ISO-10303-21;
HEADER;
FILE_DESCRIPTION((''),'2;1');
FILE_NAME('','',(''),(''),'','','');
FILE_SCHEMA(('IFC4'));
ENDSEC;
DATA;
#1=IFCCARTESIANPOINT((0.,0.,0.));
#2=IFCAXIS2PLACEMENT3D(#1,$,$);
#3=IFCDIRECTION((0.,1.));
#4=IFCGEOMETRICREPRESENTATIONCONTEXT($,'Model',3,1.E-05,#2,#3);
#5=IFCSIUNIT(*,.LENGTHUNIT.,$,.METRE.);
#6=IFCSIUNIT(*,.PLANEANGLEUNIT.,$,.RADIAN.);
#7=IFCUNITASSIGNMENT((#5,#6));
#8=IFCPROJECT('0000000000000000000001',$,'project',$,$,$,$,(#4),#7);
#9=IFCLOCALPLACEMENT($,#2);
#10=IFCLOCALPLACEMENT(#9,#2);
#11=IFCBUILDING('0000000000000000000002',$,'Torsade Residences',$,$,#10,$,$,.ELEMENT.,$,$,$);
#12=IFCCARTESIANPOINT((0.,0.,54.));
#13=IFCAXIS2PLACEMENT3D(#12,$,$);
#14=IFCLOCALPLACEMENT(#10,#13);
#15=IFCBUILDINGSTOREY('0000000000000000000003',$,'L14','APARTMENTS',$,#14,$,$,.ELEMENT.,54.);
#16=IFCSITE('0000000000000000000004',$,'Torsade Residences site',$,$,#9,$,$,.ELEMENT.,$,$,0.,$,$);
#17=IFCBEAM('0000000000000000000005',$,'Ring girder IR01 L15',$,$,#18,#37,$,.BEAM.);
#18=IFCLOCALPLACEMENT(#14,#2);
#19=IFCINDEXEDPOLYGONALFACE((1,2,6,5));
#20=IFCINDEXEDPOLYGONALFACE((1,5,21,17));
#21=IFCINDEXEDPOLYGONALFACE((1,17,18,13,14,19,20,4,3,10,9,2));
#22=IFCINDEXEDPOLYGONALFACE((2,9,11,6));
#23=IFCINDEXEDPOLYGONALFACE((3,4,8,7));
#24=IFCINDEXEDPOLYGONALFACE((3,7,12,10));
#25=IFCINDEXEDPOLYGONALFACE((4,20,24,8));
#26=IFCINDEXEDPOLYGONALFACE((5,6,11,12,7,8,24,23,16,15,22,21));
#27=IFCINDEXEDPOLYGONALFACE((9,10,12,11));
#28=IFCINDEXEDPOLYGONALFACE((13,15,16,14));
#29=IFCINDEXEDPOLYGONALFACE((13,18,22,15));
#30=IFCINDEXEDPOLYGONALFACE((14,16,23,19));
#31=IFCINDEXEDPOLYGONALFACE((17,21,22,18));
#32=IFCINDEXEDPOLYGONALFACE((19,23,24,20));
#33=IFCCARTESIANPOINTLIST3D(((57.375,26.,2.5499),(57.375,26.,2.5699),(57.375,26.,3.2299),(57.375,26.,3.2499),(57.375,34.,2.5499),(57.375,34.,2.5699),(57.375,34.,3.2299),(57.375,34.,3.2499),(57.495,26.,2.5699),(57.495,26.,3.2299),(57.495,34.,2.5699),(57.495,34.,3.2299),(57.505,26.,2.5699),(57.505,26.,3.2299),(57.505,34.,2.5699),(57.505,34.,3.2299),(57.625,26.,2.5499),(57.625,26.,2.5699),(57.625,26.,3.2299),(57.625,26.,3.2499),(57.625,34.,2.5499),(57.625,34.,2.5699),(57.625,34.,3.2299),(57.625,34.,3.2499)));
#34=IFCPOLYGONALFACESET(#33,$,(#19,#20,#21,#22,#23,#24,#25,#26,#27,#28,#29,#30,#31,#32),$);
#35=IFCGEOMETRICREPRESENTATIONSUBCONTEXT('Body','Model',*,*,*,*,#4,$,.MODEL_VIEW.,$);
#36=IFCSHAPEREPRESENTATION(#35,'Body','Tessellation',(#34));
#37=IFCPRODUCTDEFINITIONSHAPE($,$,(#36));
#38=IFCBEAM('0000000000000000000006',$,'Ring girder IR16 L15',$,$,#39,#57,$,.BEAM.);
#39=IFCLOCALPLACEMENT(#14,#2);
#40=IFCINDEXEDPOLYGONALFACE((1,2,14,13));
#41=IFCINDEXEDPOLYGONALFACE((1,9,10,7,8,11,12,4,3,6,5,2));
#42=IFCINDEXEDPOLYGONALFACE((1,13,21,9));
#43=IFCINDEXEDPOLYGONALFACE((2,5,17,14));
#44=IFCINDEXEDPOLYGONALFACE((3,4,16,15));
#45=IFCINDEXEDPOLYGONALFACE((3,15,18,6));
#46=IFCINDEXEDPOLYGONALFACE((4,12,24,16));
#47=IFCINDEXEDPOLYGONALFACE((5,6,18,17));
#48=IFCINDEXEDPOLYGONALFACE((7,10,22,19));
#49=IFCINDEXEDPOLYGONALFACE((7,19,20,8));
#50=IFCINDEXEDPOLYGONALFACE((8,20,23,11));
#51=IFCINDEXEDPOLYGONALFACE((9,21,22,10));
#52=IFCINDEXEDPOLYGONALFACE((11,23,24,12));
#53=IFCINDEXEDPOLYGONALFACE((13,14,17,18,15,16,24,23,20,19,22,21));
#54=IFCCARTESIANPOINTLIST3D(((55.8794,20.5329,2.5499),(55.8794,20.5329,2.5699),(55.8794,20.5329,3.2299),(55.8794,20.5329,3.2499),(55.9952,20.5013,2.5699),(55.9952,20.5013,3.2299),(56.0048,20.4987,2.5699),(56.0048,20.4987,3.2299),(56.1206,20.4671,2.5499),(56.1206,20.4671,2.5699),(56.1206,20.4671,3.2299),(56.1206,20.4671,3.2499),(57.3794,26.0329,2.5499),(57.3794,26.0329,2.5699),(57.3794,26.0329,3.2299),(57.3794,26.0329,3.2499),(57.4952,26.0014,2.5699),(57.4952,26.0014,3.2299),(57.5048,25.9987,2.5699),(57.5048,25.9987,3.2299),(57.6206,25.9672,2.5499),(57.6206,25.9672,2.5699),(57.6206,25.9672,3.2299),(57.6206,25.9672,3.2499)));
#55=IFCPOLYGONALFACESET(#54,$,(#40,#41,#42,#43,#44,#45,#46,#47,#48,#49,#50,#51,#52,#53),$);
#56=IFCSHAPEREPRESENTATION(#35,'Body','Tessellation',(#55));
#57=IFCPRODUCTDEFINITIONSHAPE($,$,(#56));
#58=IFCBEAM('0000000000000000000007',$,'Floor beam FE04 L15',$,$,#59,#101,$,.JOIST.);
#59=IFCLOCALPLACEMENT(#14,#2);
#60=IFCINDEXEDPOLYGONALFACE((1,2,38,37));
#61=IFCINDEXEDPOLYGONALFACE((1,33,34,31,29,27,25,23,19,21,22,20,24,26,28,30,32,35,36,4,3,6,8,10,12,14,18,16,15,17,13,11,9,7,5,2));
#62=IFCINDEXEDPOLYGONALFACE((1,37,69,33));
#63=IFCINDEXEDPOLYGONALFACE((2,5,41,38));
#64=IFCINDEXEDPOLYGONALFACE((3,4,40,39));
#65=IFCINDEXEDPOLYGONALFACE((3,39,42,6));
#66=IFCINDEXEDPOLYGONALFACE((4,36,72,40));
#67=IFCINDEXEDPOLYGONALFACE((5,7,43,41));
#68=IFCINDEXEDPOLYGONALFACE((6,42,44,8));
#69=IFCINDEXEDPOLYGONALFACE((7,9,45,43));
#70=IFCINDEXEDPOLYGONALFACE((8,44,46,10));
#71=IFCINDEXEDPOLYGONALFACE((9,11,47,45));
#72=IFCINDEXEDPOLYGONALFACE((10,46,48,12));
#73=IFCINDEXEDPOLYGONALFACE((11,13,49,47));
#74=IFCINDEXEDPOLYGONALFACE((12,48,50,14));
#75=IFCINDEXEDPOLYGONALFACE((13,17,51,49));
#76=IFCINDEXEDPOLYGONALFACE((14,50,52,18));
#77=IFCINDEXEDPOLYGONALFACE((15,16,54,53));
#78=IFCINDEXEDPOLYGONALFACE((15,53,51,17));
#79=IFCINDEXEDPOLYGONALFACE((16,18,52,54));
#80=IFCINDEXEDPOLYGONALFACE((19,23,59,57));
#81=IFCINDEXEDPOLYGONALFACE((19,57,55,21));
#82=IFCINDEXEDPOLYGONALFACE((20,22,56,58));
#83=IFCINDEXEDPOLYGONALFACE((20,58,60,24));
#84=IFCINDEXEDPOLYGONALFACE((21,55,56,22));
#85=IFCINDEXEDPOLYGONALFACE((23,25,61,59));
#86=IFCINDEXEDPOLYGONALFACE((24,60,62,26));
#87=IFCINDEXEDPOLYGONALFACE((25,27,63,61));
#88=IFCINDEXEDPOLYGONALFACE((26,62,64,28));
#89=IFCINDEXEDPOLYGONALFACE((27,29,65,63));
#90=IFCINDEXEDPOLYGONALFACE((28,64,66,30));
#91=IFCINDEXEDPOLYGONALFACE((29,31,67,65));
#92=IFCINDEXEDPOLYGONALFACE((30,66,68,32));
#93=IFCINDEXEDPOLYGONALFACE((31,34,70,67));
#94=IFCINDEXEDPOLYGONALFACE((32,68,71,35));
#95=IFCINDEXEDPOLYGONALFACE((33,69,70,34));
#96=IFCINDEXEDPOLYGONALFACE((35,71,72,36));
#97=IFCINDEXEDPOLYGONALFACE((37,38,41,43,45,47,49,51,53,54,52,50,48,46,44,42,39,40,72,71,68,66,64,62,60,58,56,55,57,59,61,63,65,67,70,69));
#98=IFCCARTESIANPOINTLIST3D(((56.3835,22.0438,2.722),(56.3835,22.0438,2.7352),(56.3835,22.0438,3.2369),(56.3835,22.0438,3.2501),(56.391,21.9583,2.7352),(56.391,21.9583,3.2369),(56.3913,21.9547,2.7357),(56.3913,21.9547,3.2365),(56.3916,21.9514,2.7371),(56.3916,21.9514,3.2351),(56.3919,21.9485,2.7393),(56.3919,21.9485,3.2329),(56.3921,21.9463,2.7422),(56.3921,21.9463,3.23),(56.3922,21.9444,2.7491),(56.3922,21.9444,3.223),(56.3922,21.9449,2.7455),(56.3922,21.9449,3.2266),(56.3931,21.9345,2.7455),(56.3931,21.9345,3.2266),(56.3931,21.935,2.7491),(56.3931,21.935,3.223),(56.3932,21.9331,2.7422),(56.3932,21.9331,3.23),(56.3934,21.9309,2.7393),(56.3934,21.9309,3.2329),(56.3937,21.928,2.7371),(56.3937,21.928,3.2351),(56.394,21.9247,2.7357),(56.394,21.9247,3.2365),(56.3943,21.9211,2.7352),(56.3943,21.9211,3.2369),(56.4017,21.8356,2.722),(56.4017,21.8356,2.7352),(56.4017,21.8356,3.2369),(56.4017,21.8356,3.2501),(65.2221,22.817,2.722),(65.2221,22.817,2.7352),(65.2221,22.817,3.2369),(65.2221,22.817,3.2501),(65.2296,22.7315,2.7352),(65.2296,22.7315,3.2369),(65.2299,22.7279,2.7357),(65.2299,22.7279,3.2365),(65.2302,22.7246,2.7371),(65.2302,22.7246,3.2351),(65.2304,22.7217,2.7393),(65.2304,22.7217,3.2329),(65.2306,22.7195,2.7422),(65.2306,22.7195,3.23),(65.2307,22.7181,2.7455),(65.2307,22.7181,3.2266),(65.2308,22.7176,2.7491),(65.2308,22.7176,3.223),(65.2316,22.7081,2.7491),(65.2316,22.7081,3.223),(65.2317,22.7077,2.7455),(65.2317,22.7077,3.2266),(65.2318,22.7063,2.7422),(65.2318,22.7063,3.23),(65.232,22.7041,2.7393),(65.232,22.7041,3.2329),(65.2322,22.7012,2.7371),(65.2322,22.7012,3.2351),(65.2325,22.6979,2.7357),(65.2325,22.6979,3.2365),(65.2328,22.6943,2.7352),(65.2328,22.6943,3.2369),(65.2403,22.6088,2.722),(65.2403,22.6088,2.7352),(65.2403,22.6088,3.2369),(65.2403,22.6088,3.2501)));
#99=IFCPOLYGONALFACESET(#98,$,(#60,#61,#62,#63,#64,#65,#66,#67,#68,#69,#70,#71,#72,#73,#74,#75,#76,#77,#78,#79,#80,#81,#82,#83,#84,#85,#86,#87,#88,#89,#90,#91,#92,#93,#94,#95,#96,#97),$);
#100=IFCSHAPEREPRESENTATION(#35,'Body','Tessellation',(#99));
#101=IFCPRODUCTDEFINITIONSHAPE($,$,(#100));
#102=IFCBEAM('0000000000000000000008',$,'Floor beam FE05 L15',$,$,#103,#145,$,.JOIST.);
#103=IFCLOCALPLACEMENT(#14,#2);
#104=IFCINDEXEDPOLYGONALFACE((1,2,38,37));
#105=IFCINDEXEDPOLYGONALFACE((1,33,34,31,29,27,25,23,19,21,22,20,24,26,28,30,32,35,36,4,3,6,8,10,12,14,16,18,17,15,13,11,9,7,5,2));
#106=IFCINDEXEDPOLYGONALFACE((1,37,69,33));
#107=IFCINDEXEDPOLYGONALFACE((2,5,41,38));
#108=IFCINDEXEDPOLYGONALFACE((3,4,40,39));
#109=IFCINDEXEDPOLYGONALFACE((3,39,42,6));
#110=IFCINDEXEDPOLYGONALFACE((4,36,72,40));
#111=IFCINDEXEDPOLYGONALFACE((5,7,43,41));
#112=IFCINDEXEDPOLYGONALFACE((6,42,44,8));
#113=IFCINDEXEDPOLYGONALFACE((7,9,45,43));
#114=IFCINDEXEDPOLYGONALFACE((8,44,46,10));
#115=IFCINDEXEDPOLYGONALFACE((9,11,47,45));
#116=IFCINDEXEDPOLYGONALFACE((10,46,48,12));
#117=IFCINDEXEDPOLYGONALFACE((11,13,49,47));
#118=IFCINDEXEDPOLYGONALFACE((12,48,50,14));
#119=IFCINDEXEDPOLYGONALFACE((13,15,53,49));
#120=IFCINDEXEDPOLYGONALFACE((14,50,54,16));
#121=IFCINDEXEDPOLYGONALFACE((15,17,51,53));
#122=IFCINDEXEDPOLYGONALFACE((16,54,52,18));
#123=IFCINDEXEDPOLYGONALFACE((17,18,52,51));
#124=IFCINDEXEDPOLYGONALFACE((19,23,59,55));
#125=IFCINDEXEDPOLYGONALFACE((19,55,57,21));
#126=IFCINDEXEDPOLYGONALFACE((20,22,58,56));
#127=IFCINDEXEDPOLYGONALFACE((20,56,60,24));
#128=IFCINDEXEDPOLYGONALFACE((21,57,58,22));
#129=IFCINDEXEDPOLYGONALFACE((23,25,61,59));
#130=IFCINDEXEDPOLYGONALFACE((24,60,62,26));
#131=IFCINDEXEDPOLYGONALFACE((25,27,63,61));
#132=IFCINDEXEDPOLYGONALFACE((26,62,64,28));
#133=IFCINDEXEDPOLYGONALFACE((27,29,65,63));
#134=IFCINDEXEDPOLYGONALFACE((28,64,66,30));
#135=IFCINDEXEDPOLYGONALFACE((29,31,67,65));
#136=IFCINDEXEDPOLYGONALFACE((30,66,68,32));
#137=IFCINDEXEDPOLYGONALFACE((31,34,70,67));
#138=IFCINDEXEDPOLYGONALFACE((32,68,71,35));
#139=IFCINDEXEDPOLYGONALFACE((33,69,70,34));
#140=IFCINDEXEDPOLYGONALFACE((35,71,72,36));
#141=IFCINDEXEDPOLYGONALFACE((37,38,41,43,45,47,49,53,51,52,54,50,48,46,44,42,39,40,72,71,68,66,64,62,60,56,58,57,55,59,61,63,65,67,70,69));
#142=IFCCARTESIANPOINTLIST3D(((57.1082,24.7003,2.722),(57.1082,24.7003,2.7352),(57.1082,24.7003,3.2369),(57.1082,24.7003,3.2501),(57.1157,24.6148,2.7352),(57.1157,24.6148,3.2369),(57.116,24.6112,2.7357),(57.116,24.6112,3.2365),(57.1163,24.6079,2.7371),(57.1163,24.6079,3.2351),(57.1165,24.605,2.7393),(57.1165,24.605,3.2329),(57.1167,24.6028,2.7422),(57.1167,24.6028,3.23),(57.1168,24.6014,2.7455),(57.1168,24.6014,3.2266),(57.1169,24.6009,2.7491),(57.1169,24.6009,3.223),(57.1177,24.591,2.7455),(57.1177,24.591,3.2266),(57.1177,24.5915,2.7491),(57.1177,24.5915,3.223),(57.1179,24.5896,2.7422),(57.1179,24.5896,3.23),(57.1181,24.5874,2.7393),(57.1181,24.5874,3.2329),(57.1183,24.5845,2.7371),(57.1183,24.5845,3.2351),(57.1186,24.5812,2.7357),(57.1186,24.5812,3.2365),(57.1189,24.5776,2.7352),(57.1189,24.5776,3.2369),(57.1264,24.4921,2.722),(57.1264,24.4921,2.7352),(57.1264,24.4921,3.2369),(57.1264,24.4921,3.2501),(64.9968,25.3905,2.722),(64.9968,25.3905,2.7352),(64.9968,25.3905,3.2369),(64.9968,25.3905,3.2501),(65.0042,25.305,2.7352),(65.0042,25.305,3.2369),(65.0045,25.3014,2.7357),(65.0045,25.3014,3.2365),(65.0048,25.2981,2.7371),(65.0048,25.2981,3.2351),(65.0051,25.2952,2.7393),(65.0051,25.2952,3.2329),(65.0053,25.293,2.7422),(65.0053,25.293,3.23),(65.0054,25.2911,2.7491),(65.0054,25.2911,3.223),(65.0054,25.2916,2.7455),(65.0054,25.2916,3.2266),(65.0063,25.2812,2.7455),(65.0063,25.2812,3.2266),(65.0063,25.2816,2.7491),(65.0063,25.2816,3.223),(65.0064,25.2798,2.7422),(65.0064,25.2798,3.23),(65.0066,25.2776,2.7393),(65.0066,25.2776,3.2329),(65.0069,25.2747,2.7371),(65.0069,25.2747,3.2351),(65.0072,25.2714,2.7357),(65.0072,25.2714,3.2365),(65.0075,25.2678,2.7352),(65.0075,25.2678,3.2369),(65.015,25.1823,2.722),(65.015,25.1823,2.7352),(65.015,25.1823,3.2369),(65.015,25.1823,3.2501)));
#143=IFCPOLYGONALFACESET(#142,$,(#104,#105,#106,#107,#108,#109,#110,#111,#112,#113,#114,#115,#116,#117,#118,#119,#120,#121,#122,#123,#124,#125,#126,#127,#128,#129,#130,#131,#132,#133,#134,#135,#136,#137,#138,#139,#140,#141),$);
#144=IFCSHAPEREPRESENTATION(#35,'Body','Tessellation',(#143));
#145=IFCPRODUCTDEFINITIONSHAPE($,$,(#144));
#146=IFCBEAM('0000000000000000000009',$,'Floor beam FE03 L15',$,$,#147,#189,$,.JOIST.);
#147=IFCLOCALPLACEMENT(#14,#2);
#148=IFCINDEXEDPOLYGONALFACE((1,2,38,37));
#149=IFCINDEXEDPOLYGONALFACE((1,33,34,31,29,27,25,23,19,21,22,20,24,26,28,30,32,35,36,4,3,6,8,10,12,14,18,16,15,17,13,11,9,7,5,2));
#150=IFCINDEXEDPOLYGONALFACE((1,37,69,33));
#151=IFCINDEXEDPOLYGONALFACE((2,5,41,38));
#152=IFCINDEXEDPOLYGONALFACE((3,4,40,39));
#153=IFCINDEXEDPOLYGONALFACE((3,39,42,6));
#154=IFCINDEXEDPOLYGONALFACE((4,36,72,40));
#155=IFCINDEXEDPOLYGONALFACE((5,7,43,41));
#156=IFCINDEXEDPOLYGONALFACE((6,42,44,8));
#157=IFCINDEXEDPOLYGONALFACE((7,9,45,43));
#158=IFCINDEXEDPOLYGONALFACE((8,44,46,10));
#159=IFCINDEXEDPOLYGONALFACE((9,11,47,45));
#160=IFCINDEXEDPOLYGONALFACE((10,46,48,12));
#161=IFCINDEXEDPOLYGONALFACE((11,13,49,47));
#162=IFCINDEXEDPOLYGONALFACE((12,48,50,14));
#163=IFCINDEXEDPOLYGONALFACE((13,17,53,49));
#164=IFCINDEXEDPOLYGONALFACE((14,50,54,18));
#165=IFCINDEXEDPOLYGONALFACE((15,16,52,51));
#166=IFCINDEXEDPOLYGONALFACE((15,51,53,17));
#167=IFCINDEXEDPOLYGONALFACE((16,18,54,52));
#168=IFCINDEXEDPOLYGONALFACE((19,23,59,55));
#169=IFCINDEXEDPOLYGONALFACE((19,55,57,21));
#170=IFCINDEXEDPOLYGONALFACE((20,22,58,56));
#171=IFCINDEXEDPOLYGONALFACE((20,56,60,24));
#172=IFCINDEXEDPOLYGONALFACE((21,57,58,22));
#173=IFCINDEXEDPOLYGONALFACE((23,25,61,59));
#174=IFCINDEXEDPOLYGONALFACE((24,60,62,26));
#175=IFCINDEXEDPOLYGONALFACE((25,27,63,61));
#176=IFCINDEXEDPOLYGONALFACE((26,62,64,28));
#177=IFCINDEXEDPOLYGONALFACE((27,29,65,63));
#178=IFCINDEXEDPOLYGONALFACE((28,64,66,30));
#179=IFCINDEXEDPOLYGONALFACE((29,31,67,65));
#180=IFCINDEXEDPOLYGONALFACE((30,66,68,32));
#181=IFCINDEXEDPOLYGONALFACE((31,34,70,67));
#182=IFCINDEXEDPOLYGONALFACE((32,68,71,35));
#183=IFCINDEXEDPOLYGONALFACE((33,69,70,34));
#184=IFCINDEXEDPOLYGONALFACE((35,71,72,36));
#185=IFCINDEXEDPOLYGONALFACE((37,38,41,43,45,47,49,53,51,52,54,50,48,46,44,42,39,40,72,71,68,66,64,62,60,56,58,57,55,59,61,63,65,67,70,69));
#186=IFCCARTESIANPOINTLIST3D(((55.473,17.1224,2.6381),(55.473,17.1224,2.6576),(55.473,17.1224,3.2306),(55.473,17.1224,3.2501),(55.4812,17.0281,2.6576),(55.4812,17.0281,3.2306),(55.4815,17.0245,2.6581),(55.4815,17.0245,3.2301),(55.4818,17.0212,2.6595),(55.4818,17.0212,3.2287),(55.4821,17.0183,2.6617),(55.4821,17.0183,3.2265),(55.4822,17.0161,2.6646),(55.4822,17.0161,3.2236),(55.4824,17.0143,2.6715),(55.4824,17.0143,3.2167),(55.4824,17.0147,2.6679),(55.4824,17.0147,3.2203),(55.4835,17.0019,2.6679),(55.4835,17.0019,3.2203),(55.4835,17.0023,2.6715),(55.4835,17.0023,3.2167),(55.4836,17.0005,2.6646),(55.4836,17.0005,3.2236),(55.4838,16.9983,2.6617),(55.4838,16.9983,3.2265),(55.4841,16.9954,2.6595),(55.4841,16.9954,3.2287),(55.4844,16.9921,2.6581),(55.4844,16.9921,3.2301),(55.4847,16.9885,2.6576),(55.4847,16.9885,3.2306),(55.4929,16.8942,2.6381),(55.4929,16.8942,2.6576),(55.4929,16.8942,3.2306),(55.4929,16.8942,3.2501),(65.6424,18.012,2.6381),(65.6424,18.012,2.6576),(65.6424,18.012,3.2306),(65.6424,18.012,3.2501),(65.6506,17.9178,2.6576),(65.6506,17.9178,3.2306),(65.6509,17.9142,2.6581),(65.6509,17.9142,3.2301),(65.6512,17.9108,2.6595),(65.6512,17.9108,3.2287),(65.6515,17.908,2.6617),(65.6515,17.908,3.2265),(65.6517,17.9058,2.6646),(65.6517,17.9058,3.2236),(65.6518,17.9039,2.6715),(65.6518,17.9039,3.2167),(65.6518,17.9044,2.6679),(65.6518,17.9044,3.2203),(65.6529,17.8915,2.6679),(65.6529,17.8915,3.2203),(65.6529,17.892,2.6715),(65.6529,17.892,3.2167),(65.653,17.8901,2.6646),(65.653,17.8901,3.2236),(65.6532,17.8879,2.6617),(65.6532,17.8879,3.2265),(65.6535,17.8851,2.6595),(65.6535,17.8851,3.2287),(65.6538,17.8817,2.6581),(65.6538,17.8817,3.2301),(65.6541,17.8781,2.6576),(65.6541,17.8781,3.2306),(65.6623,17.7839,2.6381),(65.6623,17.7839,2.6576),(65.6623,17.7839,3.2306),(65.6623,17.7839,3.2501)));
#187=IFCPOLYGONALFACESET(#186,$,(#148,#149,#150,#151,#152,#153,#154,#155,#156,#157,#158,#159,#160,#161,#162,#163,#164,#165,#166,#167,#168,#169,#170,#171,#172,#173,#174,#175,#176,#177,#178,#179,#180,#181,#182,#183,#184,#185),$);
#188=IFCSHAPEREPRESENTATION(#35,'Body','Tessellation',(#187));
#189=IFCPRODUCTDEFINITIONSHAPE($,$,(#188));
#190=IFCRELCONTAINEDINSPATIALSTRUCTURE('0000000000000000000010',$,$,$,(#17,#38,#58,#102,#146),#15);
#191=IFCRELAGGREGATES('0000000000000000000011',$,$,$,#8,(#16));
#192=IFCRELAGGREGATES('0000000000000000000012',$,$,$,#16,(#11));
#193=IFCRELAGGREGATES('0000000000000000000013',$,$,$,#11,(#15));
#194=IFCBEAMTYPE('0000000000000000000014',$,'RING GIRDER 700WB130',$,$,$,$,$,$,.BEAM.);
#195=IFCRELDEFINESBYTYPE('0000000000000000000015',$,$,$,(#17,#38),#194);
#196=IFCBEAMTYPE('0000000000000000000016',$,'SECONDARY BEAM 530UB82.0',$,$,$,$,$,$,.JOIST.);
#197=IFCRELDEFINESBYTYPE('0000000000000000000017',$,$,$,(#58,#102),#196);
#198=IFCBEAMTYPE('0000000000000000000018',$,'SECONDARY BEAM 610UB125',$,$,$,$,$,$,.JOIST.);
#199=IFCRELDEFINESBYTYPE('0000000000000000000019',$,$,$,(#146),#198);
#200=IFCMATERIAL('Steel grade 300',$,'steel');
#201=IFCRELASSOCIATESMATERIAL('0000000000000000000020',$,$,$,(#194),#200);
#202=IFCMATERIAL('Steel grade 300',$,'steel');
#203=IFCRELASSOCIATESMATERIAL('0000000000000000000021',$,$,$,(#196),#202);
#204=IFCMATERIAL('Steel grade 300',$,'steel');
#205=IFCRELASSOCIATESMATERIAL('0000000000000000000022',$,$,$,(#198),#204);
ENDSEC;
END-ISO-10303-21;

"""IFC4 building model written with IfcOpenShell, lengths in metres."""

from ifc_helpers import new_model, si_unit, direction, frame, origin, origin_2d, place, context, subcontext, project, spatial, i_section, extrude, material, material_profile, profile_set, type_object, element, save


model = new_model("IFC4")

# Units and contexts
model_context = context("Model", 3, precision=1e-05, world=origin(), true_north=direction((0.0, 1.0)))
body_context = subcontext(model_context, "Body", "Model", "MODEL_VIEW")
ifc_project = project(units=[si_unit("LENGTHUNIT", "METRE"), si_unit("PLANEANGLEUNIT", "RADIAN")], contexts=[model_context])

# Site, building, storey
site_placement = place(None, origin())
site = spatial("IfcSite", under=ifc_project, at=site_placement, Name="Torsade Residences site", CompositionType="ELEMENT", RefElevation=0.0)
building_placement = place(site_placement, origin())
building = spatial("IfcBuilding", under=site, at=building_placement, Name="Torsade Residences", CompositionType="ELEMENT")
storey_placement = place(building_placement, frame((0.0, 0.0, 54.0)))
storey = spatial("IfcBuildingStorey", under=building, at=storey_placement, Name="L14", Description="APARTMENTS", CompositionType="ELEMENT", Elevation=54.0)

# Beams
ifc_material_1 = material(Name="Steel grade 300", Category="steel")
ifc_material_profile_1 = material_profile(ifc_material_1, i_section(OverallWidth=0.25, OverallDepth=0.7, WebThickness=0.01, FlangeThickness=0.02, at=origin_2d()), Name="700WB130")
ifc_profile_set_1 = profile_set([ifc_material_profile_1], Name="Steel grade 300")
beam_type_1 = type_object("IfcBeamType", Name="RING GIRDER 700WB130", PredefinedType="BEAM", material=ifc_profile_set_1)
beam_1_placement = place(storey_placement, frame((57.5, 26.0, 2.8999), z_axis=(0.0, 1.0, 0.0), x_axis=(-1.0, 0.0, 0.0)))
element("IfcBeam", 1, at=beam_1_placement, inside=storey, type_object=beam_type_1, Name="Ring girder IR01 L15", PredefinedType="BEAM", context=body_context, shape_type="SweptSolid", body=[
    extrude(i_section(OverallWidth=0.25, OverallDepth=0.7, WebThickness=0.01, FlangeThickness=0.02, at=origin_2d()), origin(), (0.0, 0.0, 1.0), 8.0),
])
beam_2_placement = place(storey_placement, frame((56.0, 20.5, 2.8999), z_axis=(0.263117, 0.964764, 0.0), x_axis=(-0.964764, 0.263117, 0.0)))
element("IfcBeam", 2, at=beam_2_placement, inside=storey, type_object=beam_type_1, Name="Ring girder IR16 L15", PredefinedType="BEAM", context=body_context, shape_type="SweptSolid", body=[
    extrude(i_section(OverallWidth=0.25, OverallDepth=0.7, WebThickness=0.01, FlangeThickness=0.02, at=origin_2d()), origin(), (0.0, 0.0, 1.0), 5.7009),
])
ifc_material_2 = material(Name="Steel grade 300", Category="steel")
ifc_material_profile_2 = material_profile(ifc_material_2, i_section(OverallWidth=0.209, OverallDepth=0.5281, WebThickness=0.0095, FlangeThickness=0.0132, FilletRadius=0.0139, at=origin_2d()), Name="530UB82.0")
ifc_profile_set_2 = profile_set([ifc_material_profile_2], Name="Steel grade 300")
beam_type_2 = type_object("IfcBeamType", Name="SECONDARY BEAM 530UB82.0", PredefinedType="JOIST", material=ifc_profile_set_2)
beam_3_placement = place(storey_placement, frame((65.2312, 22.7129, 2.9861), z_axis=(-0.996196, -0.087146, 0.0), x_axis=(0.087146, -0.996196, 0.0)))
element("IfcBeam", 3, at=beam_3_placement, inside=storey, type_object=beam_type_2, Name="Floor beam FE04 L15", PredefinedType="JOIST", context=body_context, shape_type="SweptSolid", body=[
    extrude(i_section(OverallWidth=0.209, OverallDepth=0.5281, WebThickness=0.0095, FlangeThickness=0.0132, FilletRadius=0.0139, at=origin_2d()), origin(), (0.0, 0.0, 1.0), 8.8723),
])
beam_4_placement = place(storey_placement, frame((65.0059, 25.2864, 2.9861), z_axis=(-0.996195, -0.087158, 0.0), x_axis=(0.087158, -0.996195, 0.0)))
element("IfcBeam", 4, at=beam_4_placement, inside=storey, type_object=beam_type_2, Name="Floor beam FE05 L15", PredefinedType="JOIST", context=body_context, shape_type="SweptSolid", body=[
    extrude(i_section(OverallWidth=0.209, OverallDepth=0.5281, WebThickness=0.0095, FlangeThickness=0.0132, FilletRadius=0.0139, at=origin_2d()), origin(), (0.0, 0.0, 1.0), 7.9187),
])
ifc_material_3 = material(Name="Steel grade 300", Category="steel")
ifc_material_profile_3 = material_profile(ifc_material_3, i_section(OverallWidth=0.229, OverallDepth=0.6121, WebThickness=0.012, FlangeThickness=0.0195, FilletRadius=0.0139, at=origin_2d()), Name="610UB125")
ifc_profile_set_3 = profile_set([ifc_material_profile_3], Name="Steel grade 300")
beam_type_3 = type_object("IfcBeamType", Name="SECONDARY BEAM 610UB125", PredefinedType="JOIST", material=ifc_profile_set_3)
beam_5_placement = place(storey_placement, frame((65.6523, 17.8979, 2.9441), z_axis=(-0.996195, -0.08715, 0.0), x_axis=(0.08715, -0.996195, 0.0)))
element("IfcBeam", 5, at=beam_5_placement, inside=storey, type_object=beam_type_3, Name="Floor beam FE03 L15", PredefinedType="JOIST", context=body_context, shape_type="SweptSolid", body=[
    extrude(i_section(OverallWidth=0.229, OverallDepth=0.6121, WebThickness=0.012, FlangeThickness=0.0195, FilletRadius=0.0139, at=origin_2d()), origin(), (0.0, 0.0, 1.0), 10.2083),
])

save(model, "model.ifc")
